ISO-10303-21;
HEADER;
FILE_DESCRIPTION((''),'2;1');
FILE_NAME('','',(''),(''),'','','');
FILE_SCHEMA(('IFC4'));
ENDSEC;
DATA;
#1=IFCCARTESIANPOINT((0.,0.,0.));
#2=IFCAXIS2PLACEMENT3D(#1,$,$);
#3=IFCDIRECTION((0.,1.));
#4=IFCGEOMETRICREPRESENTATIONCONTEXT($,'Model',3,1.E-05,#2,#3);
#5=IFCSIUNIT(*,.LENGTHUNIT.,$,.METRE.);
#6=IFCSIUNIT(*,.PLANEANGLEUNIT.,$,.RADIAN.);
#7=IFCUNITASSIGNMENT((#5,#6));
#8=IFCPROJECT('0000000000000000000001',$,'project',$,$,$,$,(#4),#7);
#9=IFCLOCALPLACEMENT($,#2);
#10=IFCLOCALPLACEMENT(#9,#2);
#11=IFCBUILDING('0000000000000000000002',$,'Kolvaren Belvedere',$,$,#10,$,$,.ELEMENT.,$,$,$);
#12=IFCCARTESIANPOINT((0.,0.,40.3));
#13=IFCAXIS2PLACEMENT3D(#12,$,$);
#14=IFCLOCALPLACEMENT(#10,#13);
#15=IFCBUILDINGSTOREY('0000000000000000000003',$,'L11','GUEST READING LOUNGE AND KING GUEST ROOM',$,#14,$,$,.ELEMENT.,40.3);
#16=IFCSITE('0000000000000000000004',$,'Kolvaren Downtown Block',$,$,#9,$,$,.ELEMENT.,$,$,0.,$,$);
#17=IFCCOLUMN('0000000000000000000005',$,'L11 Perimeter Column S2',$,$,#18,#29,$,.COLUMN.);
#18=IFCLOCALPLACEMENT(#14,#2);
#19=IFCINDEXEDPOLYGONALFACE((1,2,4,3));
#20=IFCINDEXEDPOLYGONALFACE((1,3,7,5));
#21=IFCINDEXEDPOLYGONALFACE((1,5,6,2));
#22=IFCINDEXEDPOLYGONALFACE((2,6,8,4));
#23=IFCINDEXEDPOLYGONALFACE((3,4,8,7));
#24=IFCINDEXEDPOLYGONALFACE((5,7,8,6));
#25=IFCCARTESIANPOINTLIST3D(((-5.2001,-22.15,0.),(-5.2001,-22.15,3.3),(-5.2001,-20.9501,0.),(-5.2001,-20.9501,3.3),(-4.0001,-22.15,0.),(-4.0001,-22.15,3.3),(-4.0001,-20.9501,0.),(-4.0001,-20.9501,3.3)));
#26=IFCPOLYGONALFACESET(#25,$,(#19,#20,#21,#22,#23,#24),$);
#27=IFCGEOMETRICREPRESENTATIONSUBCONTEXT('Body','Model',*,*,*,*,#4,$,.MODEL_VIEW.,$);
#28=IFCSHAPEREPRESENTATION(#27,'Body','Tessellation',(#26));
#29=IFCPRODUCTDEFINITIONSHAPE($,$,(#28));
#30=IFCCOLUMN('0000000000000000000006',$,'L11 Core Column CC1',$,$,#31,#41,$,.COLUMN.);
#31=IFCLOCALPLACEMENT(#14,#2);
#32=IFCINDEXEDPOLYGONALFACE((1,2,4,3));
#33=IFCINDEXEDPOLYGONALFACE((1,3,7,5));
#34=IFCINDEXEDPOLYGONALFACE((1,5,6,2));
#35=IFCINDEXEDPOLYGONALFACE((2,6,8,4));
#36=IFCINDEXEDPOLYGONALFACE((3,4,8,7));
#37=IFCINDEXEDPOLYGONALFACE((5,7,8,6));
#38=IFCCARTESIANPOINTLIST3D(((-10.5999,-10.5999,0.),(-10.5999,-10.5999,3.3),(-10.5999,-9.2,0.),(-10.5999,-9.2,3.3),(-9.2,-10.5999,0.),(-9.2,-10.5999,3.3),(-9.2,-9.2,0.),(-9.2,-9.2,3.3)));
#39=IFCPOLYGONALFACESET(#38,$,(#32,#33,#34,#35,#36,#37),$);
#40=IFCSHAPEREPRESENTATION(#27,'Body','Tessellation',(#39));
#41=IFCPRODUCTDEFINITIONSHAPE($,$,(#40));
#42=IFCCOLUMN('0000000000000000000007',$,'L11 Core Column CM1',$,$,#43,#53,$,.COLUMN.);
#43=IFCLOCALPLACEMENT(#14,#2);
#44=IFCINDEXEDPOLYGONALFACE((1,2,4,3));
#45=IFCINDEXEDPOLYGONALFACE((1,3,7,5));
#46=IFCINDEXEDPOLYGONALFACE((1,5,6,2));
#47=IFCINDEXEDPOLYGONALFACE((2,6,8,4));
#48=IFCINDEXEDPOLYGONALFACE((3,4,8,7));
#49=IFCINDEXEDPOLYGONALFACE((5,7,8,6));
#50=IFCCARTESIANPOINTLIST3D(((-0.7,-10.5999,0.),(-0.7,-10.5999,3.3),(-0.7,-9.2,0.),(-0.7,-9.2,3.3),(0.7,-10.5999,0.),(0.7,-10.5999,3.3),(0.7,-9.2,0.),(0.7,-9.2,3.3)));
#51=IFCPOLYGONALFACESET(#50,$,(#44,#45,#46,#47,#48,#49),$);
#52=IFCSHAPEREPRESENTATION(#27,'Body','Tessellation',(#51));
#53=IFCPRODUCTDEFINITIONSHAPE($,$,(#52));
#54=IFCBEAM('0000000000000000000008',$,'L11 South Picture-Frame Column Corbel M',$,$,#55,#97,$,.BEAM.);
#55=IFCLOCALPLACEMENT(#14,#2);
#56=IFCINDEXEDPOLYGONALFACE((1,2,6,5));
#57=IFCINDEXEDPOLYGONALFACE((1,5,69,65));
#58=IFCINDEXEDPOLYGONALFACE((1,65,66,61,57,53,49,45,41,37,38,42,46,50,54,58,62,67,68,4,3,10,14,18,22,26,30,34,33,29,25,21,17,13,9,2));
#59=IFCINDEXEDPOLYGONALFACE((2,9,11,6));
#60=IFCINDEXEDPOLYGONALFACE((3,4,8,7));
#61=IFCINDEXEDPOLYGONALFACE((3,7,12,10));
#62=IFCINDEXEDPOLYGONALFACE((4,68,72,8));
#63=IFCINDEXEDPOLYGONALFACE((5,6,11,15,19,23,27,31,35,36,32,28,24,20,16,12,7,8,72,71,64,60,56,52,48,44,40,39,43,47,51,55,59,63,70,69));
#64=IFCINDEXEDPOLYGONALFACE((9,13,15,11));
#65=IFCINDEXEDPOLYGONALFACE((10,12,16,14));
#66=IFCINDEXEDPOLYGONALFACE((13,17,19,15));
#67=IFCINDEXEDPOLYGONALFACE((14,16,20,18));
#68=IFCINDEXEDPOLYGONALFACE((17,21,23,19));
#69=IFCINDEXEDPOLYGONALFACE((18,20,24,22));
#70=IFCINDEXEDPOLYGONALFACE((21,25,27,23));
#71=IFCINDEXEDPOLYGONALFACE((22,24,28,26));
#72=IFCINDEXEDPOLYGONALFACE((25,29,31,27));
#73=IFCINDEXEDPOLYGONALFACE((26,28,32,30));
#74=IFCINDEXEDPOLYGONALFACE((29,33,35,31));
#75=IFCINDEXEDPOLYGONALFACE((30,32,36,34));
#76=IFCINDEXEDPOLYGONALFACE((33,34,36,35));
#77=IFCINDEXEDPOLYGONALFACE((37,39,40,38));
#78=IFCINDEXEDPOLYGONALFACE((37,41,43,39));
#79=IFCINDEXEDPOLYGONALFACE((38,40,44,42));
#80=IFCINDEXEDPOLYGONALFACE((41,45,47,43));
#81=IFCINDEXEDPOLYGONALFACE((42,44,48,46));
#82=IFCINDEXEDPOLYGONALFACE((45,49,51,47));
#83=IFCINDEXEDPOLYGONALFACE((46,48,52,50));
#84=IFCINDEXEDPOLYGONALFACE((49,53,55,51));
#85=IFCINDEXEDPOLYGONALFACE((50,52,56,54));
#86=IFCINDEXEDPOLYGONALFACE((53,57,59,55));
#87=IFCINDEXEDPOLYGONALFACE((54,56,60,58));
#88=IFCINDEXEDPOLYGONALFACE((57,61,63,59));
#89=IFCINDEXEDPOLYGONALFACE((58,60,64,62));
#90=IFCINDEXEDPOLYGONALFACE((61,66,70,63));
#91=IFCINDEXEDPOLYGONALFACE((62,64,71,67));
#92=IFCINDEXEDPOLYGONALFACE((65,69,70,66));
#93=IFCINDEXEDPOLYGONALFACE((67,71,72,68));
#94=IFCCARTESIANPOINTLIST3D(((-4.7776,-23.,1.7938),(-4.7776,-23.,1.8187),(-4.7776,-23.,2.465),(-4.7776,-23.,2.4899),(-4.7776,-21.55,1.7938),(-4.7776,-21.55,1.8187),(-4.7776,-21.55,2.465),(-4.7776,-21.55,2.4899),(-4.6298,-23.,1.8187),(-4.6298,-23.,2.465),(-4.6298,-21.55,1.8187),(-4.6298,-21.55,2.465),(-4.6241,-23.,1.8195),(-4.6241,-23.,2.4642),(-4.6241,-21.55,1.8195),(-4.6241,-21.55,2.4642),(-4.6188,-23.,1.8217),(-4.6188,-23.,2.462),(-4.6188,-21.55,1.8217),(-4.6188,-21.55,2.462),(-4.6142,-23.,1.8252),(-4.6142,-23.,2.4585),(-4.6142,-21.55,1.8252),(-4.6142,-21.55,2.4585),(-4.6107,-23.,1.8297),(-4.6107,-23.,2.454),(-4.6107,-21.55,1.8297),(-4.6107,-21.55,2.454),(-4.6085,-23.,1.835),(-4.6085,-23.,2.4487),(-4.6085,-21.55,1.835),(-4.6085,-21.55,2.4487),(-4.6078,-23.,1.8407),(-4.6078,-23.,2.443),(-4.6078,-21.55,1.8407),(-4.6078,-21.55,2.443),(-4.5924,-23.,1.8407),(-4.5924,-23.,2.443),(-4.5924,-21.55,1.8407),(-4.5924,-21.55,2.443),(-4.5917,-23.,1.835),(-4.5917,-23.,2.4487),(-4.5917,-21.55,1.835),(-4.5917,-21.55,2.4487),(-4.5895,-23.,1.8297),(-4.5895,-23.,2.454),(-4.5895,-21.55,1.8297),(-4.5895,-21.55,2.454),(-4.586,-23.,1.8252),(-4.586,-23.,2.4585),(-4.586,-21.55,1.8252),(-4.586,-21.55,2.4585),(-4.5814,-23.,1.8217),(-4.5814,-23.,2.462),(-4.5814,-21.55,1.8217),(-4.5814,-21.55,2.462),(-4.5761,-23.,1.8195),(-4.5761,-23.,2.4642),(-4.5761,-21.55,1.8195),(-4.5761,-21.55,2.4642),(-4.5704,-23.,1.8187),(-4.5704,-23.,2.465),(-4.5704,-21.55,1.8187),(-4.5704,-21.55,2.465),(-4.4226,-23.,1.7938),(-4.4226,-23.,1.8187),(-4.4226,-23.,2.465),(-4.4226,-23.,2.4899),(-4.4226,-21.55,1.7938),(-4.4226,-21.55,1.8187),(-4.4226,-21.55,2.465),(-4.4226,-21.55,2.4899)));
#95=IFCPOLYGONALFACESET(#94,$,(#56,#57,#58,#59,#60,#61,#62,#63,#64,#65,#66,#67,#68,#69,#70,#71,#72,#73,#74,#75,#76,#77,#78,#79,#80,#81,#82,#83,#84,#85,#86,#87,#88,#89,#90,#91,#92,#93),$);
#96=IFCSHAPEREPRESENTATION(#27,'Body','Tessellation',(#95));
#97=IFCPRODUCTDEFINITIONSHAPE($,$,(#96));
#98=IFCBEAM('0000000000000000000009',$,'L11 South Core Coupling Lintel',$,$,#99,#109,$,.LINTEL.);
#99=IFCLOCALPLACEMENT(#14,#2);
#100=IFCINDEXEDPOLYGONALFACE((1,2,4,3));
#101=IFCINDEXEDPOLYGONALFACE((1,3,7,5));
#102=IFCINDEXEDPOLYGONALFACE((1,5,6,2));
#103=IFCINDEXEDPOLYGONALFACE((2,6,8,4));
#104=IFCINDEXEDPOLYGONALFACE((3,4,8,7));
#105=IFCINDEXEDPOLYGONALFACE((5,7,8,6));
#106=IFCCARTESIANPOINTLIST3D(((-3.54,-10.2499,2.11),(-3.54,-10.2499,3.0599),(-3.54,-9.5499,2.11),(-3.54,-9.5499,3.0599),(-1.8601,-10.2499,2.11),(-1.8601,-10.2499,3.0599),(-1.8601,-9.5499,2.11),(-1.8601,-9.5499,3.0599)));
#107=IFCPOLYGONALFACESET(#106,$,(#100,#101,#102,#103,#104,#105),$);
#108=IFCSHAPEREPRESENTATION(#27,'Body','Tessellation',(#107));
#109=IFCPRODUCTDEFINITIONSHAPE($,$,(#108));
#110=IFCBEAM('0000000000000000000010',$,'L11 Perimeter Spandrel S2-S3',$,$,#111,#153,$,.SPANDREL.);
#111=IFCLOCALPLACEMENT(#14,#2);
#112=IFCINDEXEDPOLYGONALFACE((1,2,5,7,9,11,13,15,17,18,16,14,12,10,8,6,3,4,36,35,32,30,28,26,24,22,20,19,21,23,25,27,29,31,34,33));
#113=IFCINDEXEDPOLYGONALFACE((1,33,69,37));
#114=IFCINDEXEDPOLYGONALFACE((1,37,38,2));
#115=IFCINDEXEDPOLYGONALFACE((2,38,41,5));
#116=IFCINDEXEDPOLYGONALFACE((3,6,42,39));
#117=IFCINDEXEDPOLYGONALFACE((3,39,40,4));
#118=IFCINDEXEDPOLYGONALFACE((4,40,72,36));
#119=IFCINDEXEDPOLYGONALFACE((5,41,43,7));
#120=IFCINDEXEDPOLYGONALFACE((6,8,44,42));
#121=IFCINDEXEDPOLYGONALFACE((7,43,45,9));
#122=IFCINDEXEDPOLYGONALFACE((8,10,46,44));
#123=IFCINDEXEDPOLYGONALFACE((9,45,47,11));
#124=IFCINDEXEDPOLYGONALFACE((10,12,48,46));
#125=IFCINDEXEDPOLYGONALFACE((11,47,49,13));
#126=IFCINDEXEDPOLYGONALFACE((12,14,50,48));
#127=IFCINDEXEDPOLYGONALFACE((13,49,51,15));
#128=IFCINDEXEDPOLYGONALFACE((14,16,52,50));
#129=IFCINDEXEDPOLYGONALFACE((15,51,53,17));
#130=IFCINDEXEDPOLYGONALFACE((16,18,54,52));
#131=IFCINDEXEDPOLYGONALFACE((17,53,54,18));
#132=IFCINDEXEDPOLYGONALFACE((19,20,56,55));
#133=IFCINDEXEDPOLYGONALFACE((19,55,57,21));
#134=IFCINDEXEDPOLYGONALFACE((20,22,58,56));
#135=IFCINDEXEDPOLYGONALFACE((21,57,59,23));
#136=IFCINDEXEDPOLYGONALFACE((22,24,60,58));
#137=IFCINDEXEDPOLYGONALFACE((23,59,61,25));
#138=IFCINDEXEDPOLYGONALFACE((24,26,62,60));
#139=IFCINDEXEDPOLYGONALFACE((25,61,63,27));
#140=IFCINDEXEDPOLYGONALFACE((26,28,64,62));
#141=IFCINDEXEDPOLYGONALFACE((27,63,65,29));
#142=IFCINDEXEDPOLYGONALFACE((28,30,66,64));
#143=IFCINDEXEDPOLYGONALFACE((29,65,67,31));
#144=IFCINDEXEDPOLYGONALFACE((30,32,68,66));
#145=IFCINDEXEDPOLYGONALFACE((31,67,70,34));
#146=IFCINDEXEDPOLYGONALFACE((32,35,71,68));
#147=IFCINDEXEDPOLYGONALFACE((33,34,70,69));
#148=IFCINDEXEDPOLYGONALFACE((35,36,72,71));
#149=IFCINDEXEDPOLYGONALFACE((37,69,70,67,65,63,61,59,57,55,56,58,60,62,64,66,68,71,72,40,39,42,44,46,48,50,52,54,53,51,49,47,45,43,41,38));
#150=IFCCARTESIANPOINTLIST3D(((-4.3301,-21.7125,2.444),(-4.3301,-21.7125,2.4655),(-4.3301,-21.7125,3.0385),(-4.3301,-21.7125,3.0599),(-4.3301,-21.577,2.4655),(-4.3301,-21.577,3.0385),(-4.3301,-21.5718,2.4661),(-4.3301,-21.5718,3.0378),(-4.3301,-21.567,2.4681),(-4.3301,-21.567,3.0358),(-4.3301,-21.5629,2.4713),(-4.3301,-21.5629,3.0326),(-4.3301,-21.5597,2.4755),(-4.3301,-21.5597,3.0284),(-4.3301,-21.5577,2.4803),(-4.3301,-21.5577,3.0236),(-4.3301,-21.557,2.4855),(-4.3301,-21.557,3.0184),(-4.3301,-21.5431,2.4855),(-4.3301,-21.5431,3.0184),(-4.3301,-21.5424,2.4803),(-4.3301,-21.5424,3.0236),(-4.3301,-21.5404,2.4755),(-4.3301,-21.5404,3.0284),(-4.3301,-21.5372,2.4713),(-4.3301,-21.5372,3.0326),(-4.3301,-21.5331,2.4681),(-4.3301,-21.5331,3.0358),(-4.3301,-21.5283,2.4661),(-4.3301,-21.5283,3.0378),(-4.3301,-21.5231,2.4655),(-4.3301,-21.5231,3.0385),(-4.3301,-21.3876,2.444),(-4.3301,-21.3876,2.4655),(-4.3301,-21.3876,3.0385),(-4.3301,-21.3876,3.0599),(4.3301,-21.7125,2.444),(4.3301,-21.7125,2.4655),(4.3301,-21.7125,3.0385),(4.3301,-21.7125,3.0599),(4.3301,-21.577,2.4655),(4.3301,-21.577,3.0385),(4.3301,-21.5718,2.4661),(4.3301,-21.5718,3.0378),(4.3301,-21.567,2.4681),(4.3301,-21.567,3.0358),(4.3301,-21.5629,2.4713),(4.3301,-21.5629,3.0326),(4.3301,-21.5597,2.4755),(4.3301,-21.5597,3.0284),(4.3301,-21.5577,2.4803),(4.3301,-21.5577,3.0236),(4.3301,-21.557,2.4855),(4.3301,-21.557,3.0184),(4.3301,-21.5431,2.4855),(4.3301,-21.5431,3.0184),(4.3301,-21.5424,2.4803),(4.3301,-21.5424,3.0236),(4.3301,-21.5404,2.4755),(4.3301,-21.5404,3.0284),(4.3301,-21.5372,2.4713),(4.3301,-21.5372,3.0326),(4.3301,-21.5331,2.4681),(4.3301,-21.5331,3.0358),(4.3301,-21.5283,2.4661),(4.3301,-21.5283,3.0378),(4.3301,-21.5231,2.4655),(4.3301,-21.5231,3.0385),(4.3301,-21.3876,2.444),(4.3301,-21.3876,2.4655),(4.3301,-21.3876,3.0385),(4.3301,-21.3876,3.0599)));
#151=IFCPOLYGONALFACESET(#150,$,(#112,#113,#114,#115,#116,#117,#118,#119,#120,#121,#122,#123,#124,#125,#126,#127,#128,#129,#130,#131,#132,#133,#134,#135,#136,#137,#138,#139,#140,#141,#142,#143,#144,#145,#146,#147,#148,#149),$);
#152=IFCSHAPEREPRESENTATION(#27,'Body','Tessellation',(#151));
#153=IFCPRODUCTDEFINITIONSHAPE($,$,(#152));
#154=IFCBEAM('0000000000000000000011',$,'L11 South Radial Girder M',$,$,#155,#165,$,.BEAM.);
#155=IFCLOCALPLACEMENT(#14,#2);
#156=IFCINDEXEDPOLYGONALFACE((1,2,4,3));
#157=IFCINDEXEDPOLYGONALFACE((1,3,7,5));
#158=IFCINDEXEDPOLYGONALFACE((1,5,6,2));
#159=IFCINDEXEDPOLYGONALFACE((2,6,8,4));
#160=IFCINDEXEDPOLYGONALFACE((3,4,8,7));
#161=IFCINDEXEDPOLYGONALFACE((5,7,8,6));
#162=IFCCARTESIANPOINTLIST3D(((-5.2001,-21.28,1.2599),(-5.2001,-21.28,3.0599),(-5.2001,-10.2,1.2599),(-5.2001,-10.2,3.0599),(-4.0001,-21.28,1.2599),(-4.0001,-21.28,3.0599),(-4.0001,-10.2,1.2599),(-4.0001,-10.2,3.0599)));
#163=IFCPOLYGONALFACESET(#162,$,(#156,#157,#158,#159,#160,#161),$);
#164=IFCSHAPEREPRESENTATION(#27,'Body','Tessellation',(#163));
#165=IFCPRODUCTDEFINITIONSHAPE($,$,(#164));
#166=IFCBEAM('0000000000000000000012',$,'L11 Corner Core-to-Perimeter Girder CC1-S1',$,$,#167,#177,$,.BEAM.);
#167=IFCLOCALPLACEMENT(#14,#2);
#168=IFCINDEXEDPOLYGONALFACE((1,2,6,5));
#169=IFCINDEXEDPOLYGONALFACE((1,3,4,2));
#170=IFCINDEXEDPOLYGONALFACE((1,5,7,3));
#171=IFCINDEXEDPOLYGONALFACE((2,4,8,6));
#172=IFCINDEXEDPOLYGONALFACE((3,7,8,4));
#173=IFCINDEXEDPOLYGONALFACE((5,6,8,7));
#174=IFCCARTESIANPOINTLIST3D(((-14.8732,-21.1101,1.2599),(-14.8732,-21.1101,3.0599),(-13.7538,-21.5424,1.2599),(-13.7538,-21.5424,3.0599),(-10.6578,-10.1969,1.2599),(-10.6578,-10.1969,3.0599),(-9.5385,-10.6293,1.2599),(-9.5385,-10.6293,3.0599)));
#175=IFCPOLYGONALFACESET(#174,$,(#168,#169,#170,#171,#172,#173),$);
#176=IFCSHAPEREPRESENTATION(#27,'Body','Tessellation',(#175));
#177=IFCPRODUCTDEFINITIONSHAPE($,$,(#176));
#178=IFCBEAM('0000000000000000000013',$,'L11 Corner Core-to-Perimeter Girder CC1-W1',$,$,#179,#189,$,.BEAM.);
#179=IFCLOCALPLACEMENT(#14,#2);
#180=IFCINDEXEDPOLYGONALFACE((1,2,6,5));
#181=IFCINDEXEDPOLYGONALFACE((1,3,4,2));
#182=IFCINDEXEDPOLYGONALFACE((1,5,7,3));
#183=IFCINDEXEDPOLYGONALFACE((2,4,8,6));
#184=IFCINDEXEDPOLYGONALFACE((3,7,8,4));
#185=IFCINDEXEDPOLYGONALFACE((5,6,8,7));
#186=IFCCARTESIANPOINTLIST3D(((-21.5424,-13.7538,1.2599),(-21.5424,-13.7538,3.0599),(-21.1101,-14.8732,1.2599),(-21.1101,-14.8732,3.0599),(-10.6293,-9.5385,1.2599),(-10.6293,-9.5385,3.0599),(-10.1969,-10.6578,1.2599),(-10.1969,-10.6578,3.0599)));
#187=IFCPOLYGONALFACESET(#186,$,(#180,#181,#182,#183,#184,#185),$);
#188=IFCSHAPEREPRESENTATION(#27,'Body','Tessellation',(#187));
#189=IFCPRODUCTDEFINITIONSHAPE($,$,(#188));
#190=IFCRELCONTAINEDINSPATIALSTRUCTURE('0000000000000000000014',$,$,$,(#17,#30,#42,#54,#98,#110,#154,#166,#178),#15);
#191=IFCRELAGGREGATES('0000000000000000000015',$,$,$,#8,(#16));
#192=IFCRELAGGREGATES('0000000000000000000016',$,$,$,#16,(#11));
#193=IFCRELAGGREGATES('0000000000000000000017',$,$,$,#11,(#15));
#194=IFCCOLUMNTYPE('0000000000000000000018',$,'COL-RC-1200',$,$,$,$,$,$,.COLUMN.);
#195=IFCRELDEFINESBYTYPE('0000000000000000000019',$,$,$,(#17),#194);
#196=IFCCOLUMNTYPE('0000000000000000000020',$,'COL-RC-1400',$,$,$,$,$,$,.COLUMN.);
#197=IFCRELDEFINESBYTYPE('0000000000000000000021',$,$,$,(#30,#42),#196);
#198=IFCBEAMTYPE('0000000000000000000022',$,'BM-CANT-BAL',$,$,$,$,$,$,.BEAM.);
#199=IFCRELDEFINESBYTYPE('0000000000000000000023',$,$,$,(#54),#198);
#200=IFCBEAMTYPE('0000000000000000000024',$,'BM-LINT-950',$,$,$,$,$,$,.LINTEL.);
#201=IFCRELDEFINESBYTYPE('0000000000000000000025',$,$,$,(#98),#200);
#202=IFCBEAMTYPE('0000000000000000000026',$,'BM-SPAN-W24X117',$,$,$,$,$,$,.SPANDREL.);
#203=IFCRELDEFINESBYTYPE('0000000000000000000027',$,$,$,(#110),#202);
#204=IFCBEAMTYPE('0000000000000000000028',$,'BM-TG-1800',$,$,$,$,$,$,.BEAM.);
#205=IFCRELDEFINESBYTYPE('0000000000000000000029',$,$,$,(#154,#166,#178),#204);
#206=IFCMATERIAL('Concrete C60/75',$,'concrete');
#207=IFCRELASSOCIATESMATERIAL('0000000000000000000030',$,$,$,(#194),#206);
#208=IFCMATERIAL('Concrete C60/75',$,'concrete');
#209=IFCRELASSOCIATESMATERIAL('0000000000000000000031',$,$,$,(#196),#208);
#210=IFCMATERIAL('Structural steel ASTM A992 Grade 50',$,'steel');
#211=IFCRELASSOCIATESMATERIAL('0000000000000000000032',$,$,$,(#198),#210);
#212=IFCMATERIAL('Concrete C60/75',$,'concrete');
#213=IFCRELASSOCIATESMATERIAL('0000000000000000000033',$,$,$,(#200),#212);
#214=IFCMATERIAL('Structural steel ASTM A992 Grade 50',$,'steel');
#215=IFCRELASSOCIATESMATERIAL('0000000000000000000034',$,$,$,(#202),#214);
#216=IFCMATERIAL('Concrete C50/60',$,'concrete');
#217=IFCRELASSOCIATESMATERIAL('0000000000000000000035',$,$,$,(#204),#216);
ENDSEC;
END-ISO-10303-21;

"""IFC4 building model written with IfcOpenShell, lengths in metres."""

from ifc_helpers import new_model, si_unit, direction, frame, origin, origin_2d, place, context, subcontext, project, spatial, rectangle, i_section, extrude, material, material_profile, profile_set, type_object, element, save


model = new_model("IFC4")

# Units and contexts
model_context = context("Model", 3, precision=1e-05, world=origin(), true_north=direction((0.0, 1.0)))
body_context = subcontext(model_context, "Body", "Model", "MODEL_VIEW")
ifc_project = project(units=[si_unit("LENGTHUNIT", "METRE"), si_unit("PLANEANGLEUNIT", "RADIAN")], contexts=[model_context])

# Site, building, storey
site_placement = place(None, origin())
site = spatial("IfcSite", under=ifc_project, at=site_placement, Name="Kolvaren Downtown Block", CompositionType="ELEMENT", RefElevation=0.0)
building_placement = place(site_placement, origin())
building = spatial("IfcBuilding", under=site, at=building_placement, Name="Kolvaren Belvedere", CompositionType="ELEMENT")
storey_placement = place(building_placement, frame((0.0, 0.0, 40.3)))
storey = spatial("IfcBuildingStorey", under=building, at=storey_placement, Name="L11", Description="GUEST READING LOUNGE AND KING GUEST ROOM", CompositionType="ELEMENT", Elevation=40.3)

# Columns
ifc_material_1 = material(Name="Concrete C60/75", Category="concrete")
ifc_material_profile_1 = material_profile(ifc_material_1, rectangle(XDim=1.2, YDim=1.2, at=origin_2d()), Name="RC 1200X1200")
ifc_profile_set_1 = profile_set([ifc_material_profile_1], Name="Concrete C60/75")
column_type_1 = type_object("IfcColumnType", Name="COL-RC-1200", PredefinedType="COLUMN", material=ifc_profile_set_1)
column_placement = place(storey_placement, frame((-4.6001, -21.55, 0.0), z_axis=(0.0, 0.0, 1.0), x_axis=(1.0, 0.0, 0.0)))
element("IfcColumn", 1, at=column_placement, inside=storey, type_object=column_type_1, Name="L11 Perimeter Column S2", PredefinedType="COLUMN", context=body_context, shape_type="SweptSolid", body=[
    extrude(rectangle(XDim=1.2, YDim=1.2, at=origin_2d()), origin(), (0.0, 0.0, 1.0), 3.3),
])
ifc_material_2 = material(Name="Concrete C60/75", Category="concrete")
ifc_material_profile_2 = material_profile(ifc_material_2, rectangle(XDim=1.3999, YDim=1.3999, at=origin_2d()), Name="RC 1400X1400")
ifc_profile_set_2 = profile_set([ifc_material_profile_2], Name="Concrete C60/75")
column_type_2 = type_object("IfcColumnType", Name="COL-RC-1400", PredefinedType="COLUMN", material=ifc_profile_set_2)
for number, where, z_axis, x_axis, name in (
    (2, (-9.8999, -9.8999, 0.0), (0.0, 0.0, 1.0), (1.0, 0.0, 0.0), "L11 Core Column CC1"),
    (3, (0.0, -9.8999, 0.0), (0.0, 0.0, 1.0), (1.0, 0.0, 0.0), "L11 Core Column CM1"),
):
    element("IfcColumn", number, at=place(storey_placement, frame(where, z_axis=z_axis, x_axis=x_axis)), inside=storey, type_object=column_type_2, Name=name, PredefinedType="COLUMN", context=body_context, shape_type="SweptSolid", body=[
        extrude(rectangle(XDim=1.3999, YDim=1.3999, at=origin_2d()), origin(), (0.0, 0.0, 1.0), 3.3),
    ])

# Beams
ifc_material_3 = material(Name="Structural steel ASTM A992 Grade 50", Category="steel")
ifc_material_profile_3 = material_profile(ifc_material_3, i_section(OverallWidth=0.355, OverallDepth=0.696, WebThickness=0.0154, FlangeThickness=0.0249, FilletRadius=0.022, at=origin_2d()), Name="W27X146")
ifc_profile_set_3 = profile_set([ifc_material_profile_3], Name="Structural steel ASTM A992 Grade 50")
beam_type_1 = type_object("IfcBeamType", Name="BM-CANT-BAL", PredefinedType="BEAM", material=ifc_profile_set_3)
beam_1_placement = place(storey_placement, frame((-4.6001, -21.55, 2.1418), z_axis=(0.0, -1.0, 0.0), x_axis=(1.0, 0.0, 0.0)))
element("IfcBeam", 4, at=beam_1_placement, inside=storey, type_object=beam_type_1, Name="L11 South Picture-Frame Column Corbel M", PredefinedType="BEAM", context=body_context, shape_type="SweptSolid", body=[
    extrude(i_section(OverallWidth=0.355, OverallDepth=0.696, WebThickness=0.0154, FlangeThickness=0.0249, FilletRadius=0.022, at=origin_2d()), origin(), (0.0, 0.0, 1.0), 1.45),
])
ifc_material_4 = material(Name="Concrete C60/75", Category="concrete")
ifc_material_profile_4 = material_profile(ifc_material_4, rectangle(XDim=0.7, YDim=0.95, at=origin_2d()), Name="RC 700X950")
ifc_profile_set_4 = profile_set([ifc_material_profile_4], Name="Concrete C60/75")
beam_type_2 = type_object("IfcBeamType", Name="BM-LINT-950", PredefinedType="LINTEL", material=ifc_profile_set_4)
beam_2_placement = place(storey_placement, frame((-3.54, -9.8999, 2.585), z_axis=(1.0, 0.0, 0.0), x_axis=(0.0, 1.0, 0.0)))
element("IfcBeam", 5, at=beam_2_placement, inside=storey, type_object=beam_type_2, Name="L11 South Core Coupling Lintel", PredefinedType="LINTEL", context=body_context, shape_type="SweptSolid", body=[
    extrude(rectangle(XDim=0.7, YDim=0.95, at=origin_2d()), origin(), (0.0, 0.0, 1.0), 1.6799),
])
ifc_material_5 = material(Name="Structural steel ASTM A992 Grade 50", Category="steel")
ifc_material_profile_5 = material_profile(ifc_material_5, i_section(OverallWidth=0.325, OverallDepth=0.616, WebThickness=0.0139, FlangeThickness=0.0215, FilletRadius=0.02, at=origin_2d()), Name="W24X117")
ifc_profile_set_5 = profile_set([ifc_material_profile_5], Name="Structural steel ASTM A992 Grade 50")
beam_type_3 = type_object("IfcBeamType", Name="BM-SPAN-W24X117", PredefinedType="SPANDREL", material=ifc_profile_set_5)
beam_3_placement = place(storey_placement, frame((-4.3301, -21.55, 2.752), z_axis=(1.0, 0.0, 0.0), x_axis=(0.0, 1.0, 0.0)))
element("IfcBeam", 6, at=beam_3_placement, inside=storey, type_object=beam_type_3, Name="L11 Perimeter Spandrel S2-S3", PredefinedType="SPANDREL", context=body_context, shape_type="SweptSolid", body=[
    extrude(i_section(OverallWidth=0.325, OverallDepth=0.616, WebThickness=0.0139, FlangeThickness=0.0215, FilletRadius=0.02, at=origin_2d()), origin(), (0.0, 0.0, 1.0), 8.6602),
])
ifc_material_6 = material(Name="Concrete C50/60", Category="concrete")
ifc_material_profile_6 = material_profile(ifc_material_6, rectangle(XDim=1.2, YDim=1.8, at=origin_2d()), Name="RC 1200X1800")
ifc_profile_set_6 = profile_set([ifc_material_profile_6], Name="Concrete C50/60")
beam_type_4 = type_object("IfcBeamType", Name="BM-TG-1800", PredefinedType="BEAM", material=ifc_profile_set_6)
beam_4_placement = place(storey_placement, frame((-4.6001, -10.2, 2.1599), z_axis=(0.0, -1.0, 0.0), x_axis=(1.0, 0.0, 0.0)))
element("IfcBeam", 7, at=beam_4_placement, inside=storey, type_object=beam_type_4, Name="L11 South Radial Girder M", PredefinedType="BEAM", context=body_context, shape_type="SweptSolid", body=[
    extrude(rectangle(XDim=1.2, YDim=1.8, at=origin_2d()), origin(), (0.0, 0.0, 1.0), 11.0801),
])
for number, where, z_axis, x_axis, name in (
    (8, (-10.0981, -10.4131, 2.1599), (-0.360318, -0.932829, 0.0), (0.932829, -0.360318, 0.0), "L11 Corner Core-to-Perimeter Girder CC1-S1"),
    (9, (-10.4131, -10.0981, 2.1599), (-0.932829, -0.360318, 0.0), (0.360318, -0.932829, 0.0), "L11 Corner Core-to-Perimeter Girder CC1-W1"),
):
    element("IfcBeam", number, at=place(storey_placement, frame(where, z_axis=z_axis, x_axis=x_axis)), inside=storey, type_object=beam_type_4, Name=name, PredefinedType="BEAM", context=body_context, shape_type="SweptSolid", body=[
        extrude(rectangle(XDim=1.2, YDim=1.8, at=origin_2d()), origin(), (0.0, 0.0, 1.0), 11.699),
    ])

save(model, "model.ifc")
